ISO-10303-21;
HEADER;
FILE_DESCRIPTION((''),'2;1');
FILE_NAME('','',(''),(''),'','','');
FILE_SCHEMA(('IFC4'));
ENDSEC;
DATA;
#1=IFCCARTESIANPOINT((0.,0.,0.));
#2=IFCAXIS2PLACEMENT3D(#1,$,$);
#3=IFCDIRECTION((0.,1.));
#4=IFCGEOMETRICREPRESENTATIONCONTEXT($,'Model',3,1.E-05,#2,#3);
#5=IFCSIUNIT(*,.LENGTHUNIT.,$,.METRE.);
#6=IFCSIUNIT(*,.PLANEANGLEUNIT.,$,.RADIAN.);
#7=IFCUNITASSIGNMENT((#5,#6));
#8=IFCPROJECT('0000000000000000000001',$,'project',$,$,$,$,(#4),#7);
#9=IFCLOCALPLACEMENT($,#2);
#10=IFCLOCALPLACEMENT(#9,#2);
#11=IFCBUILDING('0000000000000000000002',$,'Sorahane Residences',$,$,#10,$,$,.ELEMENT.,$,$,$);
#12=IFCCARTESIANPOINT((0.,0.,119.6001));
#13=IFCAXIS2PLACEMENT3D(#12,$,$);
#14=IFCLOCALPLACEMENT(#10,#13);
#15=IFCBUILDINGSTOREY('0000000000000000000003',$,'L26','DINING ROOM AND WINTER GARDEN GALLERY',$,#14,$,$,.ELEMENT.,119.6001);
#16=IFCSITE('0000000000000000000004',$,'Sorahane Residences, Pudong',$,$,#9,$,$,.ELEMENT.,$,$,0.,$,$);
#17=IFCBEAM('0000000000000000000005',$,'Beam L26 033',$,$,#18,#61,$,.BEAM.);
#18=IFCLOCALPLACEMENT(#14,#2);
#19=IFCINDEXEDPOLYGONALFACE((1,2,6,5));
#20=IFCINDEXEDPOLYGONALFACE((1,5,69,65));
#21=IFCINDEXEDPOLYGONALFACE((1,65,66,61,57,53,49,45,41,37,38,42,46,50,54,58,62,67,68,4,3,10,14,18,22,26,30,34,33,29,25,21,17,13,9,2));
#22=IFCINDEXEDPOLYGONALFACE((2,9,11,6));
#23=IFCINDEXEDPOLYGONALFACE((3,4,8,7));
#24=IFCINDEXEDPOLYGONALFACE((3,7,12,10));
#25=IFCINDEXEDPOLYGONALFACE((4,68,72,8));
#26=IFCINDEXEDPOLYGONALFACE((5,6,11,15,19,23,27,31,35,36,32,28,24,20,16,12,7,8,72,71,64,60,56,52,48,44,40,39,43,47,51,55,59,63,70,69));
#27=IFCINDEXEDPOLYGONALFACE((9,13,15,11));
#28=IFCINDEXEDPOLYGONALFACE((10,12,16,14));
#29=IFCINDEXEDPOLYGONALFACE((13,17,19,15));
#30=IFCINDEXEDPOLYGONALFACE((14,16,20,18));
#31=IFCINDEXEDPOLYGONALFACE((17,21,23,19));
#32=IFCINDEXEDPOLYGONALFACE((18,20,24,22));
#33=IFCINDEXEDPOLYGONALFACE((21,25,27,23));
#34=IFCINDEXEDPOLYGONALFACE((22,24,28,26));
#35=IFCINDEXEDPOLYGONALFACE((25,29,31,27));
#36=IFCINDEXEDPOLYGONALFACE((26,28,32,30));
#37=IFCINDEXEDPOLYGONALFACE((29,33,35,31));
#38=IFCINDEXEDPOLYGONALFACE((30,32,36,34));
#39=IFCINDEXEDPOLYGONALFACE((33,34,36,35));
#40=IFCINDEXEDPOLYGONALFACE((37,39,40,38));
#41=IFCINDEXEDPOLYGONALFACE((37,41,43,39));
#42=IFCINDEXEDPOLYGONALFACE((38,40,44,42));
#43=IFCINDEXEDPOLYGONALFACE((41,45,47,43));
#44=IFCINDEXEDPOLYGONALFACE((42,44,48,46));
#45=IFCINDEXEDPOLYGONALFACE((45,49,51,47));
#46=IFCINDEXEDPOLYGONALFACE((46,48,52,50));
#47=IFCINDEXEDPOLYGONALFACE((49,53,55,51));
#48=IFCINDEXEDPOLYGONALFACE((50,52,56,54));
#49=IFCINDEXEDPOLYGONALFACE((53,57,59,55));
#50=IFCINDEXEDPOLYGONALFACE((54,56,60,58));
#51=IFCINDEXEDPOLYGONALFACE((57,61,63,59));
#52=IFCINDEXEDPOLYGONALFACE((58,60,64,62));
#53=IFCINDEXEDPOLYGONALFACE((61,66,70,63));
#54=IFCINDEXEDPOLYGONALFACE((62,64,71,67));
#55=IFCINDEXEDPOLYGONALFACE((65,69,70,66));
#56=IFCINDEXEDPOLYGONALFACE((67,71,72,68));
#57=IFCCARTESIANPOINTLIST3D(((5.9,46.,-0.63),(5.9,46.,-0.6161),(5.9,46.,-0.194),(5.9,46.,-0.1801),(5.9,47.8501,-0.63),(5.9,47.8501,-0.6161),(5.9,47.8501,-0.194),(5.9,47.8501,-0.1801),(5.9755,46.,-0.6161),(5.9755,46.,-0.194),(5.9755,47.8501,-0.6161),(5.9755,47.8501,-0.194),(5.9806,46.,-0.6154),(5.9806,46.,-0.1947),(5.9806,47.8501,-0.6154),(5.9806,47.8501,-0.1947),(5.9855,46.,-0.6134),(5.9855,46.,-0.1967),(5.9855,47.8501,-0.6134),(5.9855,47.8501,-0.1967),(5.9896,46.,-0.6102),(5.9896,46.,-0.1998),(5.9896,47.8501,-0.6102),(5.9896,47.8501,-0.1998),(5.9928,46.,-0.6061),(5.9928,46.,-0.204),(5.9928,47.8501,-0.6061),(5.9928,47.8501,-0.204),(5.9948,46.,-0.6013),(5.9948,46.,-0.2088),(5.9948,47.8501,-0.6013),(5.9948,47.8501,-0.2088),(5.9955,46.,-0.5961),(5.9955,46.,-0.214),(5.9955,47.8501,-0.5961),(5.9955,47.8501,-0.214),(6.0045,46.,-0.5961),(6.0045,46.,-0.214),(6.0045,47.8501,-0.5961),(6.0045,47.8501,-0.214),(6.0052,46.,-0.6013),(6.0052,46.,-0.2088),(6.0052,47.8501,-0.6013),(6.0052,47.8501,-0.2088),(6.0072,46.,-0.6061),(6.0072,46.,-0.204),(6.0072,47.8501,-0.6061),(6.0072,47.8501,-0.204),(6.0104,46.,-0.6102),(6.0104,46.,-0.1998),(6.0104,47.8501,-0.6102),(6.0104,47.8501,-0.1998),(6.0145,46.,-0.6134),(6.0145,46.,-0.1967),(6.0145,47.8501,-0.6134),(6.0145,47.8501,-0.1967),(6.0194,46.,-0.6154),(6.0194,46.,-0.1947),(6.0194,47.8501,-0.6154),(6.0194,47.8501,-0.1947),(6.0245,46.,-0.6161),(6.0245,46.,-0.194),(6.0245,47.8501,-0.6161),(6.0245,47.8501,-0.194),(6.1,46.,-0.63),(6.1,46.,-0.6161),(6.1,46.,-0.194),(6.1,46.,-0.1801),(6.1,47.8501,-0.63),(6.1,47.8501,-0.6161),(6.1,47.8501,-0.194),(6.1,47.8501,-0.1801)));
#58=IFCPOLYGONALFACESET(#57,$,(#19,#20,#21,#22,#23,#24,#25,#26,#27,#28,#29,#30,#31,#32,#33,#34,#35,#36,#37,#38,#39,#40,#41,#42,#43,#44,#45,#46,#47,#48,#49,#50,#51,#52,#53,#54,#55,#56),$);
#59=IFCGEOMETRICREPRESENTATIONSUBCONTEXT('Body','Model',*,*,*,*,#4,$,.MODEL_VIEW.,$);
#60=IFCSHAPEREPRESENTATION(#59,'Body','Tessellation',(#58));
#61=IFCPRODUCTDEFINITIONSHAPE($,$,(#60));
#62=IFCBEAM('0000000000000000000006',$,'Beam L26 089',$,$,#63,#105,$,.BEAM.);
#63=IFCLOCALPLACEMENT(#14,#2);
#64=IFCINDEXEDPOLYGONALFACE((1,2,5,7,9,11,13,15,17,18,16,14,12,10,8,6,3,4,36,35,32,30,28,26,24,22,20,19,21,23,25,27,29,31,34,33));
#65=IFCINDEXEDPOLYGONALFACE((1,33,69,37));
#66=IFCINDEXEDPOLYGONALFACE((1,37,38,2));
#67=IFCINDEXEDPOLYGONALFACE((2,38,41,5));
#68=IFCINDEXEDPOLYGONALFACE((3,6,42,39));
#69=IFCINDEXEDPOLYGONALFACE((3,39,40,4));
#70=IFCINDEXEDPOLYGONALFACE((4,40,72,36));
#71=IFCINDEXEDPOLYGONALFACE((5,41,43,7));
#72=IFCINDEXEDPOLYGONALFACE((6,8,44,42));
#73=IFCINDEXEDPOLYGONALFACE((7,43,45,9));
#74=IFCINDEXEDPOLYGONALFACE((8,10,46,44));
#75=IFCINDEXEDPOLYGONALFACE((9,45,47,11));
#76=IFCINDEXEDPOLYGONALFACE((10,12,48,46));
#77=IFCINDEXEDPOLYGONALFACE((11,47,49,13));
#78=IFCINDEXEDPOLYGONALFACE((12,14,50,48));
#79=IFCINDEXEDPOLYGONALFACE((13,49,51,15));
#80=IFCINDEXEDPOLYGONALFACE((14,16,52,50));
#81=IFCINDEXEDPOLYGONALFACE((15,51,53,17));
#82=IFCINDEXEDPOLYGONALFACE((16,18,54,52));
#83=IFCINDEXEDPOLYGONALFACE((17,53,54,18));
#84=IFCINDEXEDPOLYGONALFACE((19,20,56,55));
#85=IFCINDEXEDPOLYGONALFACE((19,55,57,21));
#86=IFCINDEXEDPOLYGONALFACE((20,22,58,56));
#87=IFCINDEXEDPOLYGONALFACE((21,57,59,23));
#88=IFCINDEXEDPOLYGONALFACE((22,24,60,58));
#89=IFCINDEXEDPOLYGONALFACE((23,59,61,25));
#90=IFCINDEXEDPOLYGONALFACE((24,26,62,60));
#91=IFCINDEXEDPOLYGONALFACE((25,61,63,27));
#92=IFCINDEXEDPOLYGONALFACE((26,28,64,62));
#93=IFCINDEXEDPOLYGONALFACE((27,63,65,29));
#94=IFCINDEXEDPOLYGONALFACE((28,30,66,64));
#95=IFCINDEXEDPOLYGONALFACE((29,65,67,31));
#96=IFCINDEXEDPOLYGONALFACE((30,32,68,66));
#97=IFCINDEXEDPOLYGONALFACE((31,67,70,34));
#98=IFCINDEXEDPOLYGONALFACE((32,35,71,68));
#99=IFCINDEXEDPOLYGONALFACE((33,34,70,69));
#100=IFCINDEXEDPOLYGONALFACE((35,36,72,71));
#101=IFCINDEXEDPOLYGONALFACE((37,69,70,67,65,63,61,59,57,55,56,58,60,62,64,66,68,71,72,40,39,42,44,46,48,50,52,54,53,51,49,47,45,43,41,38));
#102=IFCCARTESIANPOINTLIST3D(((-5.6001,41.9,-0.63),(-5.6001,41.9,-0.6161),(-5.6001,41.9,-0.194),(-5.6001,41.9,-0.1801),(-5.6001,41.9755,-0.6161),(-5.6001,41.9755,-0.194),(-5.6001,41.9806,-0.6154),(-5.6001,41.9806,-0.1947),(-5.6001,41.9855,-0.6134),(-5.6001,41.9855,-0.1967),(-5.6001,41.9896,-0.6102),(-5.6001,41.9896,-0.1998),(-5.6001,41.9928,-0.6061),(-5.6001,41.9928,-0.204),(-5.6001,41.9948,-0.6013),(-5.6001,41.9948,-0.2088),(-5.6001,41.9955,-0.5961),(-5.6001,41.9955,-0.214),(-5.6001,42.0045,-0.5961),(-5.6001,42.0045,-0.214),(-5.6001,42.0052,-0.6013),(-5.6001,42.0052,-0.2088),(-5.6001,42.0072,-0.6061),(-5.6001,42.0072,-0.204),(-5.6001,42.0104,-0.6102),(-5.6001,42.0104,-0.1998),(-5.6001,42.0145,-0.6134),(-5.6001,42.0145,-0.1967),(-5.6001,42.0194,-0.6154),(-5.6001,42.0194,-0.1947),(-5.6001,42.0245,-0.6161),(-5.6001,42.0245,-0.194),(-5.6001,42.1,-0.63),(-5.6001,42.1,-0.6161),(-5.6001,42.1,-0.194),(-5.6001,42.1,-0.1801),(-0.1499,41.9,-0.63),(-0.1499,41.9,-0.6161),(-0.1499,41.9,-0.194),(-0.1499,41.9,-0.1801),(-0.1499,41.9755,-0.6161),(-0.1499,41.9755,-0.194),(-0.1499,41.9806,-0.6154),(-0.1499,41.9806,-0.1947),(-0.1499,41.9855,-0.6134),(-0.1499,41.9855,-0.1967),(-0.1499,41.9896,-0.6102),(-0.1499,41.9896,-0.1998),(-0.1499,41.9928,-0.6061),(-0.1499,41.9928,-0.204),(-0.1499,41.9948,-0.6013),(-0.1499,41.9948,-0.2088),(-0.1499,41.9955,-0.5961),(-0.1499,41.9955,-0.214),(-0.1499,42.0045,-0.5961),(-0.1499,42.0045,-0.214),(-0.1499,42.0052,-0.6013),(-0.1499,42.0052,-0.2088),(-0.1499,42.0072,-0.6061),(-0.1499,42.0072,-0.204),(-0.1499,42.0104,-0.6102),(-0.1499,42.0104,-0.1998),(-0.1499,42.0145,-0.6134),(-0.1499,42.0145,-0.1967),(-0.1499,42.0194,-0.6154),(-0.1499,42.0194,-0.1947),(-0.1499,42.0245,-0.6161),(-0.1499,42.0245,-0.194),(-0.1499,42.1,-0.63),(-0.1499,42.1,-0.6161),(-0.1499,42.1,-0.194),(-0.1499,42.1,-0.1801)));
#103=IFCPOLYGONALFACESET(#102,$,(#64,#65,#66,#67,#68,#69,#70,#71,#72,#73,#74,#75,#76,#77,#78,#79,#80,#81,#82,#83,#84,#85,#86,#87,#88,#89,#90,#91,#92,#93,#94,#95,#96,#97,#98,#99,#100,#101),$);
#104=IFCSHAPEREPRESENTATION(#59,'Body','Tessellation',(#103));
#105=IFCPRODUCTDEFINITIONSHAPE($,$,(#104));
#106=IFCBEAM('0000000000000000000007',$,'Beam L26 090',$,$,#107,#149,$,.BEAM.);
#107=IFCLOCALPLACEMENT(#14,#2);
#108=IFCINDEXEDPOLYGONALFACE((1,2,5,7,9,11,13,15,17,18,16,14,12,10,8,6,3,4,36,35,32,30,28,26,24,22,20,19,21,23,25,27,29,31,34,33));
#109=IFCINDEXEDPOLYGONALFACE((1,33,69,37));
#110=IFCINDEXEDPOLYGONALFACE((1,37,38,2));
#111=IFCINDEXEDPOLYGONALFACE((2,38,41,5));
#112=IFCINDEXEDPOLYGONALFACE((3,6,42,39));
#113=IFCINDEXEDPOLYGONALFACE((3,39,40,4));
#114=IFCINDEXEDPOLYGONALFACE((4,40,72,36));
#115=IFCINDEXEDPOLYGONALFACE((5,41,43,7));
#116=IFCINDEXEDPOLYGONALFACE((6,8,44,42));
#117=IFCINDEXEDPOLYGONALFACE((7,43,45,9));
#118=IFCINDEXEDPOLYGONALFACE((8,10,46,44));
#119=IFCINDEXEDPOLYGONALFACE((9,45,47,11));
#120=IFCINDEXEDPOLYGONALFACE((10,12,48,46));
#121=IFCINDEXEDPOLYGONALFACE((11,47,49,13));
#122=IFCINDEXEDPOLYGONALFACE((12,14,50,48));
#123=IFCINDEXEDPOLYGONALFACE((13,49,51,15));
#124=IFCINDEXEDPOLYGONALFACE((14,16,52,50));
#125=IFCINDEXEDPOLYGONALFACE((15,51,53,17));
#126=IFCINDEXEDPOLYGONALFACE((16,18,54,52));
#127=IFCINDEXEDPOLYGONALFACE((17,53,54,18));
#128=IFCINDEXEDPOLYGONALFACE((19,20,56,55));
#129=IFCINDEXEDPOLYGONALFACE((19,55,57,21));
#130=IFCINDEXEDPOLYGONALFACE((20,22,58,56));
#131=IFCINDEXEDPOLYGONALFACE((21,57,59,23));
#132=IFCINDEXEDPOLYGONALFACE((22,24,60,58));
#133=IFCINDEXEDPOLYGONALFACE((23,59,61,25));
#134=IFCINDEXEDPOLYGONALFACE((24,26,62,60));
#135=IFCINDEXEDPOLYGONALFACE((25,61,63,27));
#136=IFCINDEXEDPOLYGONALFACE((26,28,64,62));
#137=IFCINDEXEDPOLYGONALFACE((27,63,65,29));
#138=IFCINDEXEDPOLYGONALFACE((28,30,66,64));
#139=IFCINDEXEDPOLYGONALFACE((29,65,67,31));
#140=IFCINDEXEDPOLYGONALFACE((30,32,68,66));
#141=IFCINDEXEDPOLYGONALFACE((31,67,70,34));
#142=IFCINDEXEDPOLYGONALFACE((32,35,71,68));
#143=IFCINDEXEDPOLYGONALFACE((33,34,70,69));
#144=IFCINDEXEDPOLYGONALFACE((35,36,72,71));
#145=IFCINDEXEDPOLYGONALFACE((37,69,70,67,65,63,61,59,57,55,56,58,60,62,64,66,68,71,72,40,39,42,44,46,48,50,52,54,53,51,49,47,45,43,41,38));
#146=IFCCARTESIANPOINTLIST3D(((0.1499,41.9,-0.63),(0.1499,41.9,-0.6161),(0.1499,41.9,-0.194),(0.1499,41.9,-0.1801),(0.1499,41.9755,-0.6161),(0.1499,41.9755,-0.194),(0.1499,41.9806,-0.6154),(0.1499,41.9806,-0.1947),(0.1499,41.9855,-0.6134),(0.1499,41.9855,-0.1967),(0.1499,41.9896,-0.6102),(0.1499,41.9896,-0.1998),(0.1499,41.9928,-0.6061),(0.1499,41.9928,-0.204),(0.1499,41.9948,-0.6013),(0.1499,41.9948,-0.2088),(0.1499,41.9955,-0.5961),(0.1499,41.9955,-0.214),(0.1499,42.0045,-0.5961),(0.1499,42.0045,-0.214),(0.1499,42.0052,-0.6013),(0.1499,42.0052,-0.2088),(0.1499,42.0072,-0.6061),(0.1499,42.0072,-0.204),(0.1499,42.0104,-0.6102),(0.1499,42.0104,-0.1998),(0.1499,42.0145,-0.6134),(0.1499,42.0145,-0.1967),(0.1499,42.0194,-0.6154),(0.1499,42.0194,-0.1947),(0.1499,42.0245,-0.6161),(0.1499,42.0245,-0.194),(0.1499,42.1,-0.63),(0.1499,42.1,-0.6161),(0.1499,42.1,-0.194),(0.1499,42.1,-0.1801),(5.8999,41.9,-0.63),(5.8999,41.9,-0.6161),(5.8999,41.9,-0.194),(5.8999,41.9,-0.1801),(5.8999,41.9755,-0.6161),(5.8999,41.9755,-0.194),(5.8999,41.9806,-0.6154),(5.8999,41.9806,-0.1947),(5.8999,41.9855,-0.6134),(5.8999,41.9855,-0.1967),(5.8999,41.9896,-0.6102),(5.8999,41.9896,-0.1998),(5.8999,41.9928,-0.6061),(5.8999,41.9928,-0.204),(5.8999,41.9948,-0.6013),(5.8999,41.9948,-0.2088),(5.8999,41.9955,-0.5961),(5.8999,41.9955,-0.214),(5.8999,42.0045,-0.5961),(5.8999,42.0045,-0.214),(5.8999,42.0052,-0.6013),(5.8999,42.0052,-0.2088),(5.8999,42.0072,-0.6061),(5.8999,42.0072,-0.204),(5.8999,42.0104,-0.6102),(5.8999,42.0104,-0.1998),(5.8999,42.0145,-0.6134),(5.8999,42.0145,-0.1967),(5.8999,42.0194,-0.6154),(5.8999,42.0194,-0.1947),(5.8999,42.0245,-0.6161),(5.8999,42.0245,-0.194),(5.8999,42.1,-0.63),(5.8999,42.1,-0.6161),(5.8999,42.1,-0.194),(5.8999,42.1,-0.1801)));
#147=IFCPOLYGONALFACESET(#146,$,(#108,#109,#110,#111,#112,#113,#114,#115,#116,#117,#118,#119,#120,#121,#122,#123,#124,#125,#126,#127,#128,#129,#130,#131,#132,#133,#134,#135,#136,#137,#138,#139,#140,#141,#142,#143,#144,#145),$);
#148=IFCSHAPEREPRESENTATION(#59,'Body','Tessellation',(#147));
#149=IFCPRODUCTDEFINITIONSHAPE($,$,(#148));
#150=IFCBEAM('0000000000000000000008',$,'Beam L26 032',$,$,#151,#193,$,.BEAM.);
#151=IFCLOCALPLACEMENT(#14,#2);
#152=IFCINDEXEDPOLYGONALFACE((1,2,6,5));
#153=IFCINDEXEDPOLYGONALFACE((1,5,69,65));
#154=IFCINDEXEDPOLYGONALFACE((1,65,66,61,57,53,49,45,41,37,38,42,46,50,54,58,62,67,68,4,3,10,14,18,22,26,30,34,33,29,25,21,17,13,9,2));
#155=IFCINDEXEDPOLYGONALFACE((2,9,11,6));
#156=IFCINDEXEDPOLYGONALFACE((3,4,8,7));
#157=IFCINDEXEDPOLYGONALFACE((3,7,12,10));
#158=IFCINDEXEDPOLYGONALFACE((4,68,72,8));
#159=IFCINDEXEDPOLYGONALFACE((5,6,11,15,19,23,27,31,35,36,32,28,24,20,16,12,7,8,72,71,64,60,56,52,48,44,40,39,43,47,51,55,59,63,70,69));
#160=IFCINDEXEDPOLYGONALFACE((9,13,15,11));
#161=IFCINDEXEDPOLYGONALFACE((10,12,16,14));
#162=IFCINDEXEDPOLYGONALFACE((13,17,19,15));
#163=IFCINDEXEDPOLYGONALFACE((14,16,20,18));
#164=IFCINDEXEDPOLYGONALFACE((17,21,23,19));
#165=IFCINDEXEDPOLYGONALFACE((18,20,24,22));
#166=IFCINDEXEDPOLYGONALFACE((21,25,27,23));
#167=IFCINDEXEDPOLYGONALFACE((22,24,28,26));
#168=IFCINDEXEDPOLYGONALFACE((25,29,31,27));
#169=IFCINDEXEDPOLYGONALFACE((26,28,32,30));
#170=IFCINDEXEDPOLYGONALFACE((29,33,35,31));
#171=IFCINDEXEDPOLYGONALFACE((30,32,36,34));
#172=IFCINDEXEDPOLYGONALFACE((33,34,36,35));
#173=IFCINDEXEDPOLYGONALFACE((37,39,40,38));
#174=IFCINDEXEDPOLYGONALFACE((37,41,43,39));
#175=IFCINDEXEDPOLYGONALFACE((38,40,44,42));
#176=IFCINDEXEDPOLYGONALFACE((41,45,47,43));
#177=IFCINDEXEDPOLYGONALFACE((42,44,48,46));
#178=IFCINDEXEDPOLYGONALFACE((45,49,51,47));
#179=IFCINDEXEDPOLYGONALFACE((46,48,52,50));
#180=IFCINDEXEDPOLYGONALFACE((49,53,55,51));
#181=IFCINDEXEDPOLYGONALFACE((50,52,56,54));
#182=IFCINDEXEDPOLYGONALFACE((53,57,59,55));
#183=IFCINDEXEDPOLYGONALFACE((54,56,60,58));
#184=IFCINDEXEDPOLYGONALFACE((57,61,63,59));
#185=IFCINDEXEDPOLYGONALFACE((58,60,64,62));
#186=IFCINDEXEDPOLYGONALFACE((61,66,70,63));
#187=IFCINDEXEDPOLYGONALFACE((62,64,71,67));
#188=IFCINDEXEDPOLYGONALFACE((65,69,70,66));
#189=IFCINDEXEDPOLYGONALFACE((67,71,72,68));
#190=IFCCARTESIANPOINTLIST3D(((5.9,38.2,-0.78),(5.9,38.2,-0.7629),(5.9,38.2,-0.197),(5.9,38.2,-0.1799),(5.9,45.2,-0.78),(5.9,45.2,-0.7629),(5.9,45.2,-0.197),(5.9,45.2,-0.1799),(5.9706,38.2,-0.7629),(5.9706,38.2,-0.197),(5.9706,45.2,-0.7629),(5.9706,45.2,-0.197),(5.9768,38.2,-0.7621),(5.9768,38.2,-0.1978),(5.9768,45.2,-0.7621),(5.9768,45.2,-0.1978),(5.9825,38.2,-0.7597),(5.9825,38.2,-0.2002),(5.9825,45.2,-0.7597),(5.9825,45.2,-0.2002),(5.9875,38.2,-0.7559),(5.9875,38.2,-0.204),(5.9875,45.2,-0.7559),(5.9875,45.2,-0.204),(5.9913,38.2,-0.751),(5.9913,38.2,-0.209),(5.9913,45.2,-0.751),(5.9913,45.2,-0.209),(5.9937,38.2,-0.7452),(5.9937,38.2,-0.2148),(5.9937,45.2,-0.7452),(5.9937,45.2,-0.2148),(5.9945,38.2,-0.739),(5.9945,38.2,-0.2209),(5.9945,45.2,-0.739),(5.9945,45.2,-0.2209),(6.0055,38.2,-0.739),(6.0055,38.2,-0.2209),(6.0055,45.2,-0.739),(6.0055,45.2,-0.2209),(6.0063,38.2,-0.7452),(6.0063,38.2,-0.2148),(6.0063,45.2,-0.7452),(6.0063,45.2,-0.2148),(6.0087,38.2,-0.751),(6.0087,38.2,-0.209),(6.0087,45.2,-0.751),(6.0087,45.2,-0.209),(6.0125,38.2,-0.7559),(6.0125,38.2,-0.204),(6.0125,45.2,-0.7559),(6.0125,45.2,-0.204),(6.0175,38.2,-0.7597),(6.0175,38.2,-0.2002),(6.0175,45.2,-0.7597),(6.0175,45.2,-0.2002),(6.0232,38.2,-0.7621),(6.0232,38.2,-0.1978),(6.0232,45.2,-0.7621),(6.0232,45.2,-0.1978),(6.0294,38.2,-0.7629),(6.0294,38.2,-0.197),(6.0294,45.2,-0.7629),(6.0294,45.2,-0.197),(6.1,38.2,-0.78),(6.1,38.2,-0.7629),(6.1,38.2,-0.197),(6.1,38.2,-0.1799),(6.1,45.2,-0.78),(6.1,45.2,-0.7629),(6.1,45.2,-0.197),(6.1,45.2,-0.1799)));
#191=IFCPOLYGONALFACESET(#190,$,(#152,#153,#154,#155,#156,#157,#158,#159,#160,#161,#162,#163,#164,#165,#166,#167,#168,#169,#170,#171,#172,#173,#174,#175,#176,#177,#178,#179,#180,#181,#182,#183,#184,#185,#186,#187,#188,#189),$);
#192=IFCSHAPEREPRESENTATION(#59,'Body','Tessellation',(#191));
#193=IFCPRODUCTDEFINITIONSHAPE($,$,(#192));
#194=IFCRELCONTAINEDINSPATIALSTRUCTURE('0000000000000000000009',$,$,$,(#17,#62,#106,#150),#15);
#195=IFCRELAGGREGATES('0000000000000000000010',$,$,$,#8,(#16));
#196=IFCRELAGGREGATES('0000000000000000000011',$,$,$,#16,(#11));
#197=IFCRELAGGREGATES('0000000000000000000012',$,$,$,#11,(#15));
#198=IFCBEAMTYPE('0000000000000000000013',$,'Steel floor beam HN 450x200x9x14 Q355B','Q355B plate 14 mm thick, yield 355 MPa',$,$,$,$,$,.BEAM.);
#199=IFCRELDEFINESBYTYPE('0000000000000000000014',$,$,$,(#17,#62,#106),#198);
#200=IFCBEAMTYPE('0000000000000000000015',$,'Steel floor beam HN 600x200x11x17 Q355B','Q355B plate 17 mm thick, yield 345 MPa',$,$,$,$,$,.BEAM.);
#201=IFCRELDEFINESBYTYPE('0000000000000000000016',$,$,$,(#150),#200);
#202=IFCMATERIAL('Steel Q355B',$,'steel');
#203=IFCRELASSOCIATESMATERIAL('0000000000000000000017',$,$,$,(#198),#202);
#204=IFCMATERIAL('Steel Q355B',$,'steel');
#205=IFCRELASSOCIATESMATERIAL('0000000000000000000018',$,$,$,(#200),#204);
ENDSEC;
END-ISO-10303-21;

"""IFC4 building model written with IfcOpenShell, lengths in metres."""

from ifc_helpers import new_model, si_unit, direction, frame, origin, origin_2d, place, context, subcontext, project, spatial, i_section, extrude, material, material_profile, profile_set, type_object, element, save


model = new_model("IFC4")

# Units and contexts
model_context = context("Model", 3, precision=1e-05, world=origin(), true_north=direction((0.0, 1.0)))
body_context = subcontext(model_context, "Body", "Model", "MODEL_VIEW")
ifc_project = project(units=[si_unit("LENGTHUNIT", "METRE"), si_unit("PLANEANGLEUNIT", "RADIAN")], contexts=[model_context])

# Site, building, storey
site_placement = place(None, origin())
site = spatial("IfcSite", under=ifc_project, at=site_placement, Name="Sorahane Residences, Pudong", CompositionType="ELEMENT", RefElevation=0.0)
building_placement = place(site_placement, origin())
building = spatial("IfcBuilding", under=site, at=building_placement, Name="Sorahane Residences", CompositionType="ELEMENT")
storey_placement = place(building_placement, frame((0.0, 0.0, 119.6001)))
storey = spatial("IfcBuildingStorey", under=building, at=storey_placement, Name="L26", Description="DINING ROOM AND WINTER GARDEN GALLERY", CompositionType="ELEMENT", Elevation=119.6001)

# Beams
ifc_material_1 = material(Name="Steel Q355B", Category="steel")
ifc_material_profile_1 = material_profile(ifc_material_1, i_section(OverallWidth=0.2, OverallDepth=0.45, WebThickness=0.009, FlangeThickness=0.0139, FilletRadius=0.02, at=origin_2d()), Name="HN 450x200x9x14")
ifc_profile_set_1 = profile_set([ifc_material_profile_1], Name="Steel Q355B")
beam_type_1 = type_object("IfcBeamType", Name="Steel floor beam HN 450x200x9x14 Q355B", Description="Q355B plate 14 mm thick, yield 355 MPa", PredefinedType="BEAM", material=ifc_profile_set_1)
beam_1_placement = place(storey_placement, frame((6.0, 46.0, -0.405), z_axis=(0.0, 1.0, 0.0), x_axis=(-1.0, 0.0, 0.0)))
element("IfcBeam", 1, at=beam_1_placement, inside=storey, type_object=beam_type_1, Name="Beam L26 033", PredefinedType="BEAM", context=body_context, shape_type="SweptSolid", body=[
    extrude(i_section(OverallWidth=0.2, OverallDepth=0.45, WebThickness=0.009, FlangeThickness=0.0139, FilletRadius=0.02, at=origin_2d()), origin(), (0.0, 0.0, 1.0), 1.8501),
])
beam_2_placement = place(storey_placement, frame((-5.6001, 42.0, -0.405), z_axis=(1.0, 0.0, 0.0), x_axis=(0.0, 1.0, 0.0)))
element("IfcBeam", 2, at=beam_2_placement, inside=storey, type_object=beam_type_1, Name="Beam L26 089", PredefinedType="BEAM", context=body_context, shape_type="SweptSolid", body=[
    extrude(i_section(OverallWidth=0.2, OverallDepth=0.45, WebThickness=0.009, FlangeThickness=0.0139, FilletRadius=0.02, at=origin_2d()), origin(), (0.0, 0.0, 1.0), 5.4502),
])
beam_3_placement = place(storey_placement, frame((0.1499, 42.0, -0.405), z_axis=(1.0, 0.0, 0.0), x_axis=(0.0, 1.0, 0.0)))
element("IfcBeam", 3, at=beam_3_placement, inside=storey, type_object=beam_type_1, Name="Beam L26 090", PredefinedType="BEAM", context=body_context, shape_type="SweptSolid", body=[
    extrude(i_section(OverallWidth=0.2, OverallDepth=0.45, WebThickness=0.009, FlangeThickness=0.0139, FilletRadius=0.02, at=origin_2d()), origin(), (0.0, 0.0, 1.0), 5.75),
])
ifc_material_2 = material(Name="Steel Q355B", Category="steel")
ifc_material_profile_2 = material_profile(ifc_material_2, i_section(OverallWidth=0.2, OverallDepth=0.6001, WebThickness=0.011, FlangeThickness=0.0171, FilletRadius=0.0239, at=origin_2d()), Name="HN 600x200x11x17")
ifc_profile_set_2 = profile_set([ifc_material_profile_2], Name="Steel Q355B")
beam_type_2 = type_object("IfcBeamType", Name="Steel floor beam HN 600x200x11x17 Q355B", Description="Q355B plate 17 mm thick, yield 345 MPa", PredefinedType="BEAM", material=ifc_profile_set_2)
beam_4_placement = place(storey_placement, frame((6.0, 38.2, -0.48), z_axis=(0.0, 1.0, 0.0), x_axis=(-1.0, 0.0, 0.0)))
element("IfcBeam", 4, at=beam_4_placement, inside=storey, type_object=beam_type_2, Name="Beam L26 032", PredefinedType="BEAM", context=body_context, shape_type="SweptSolid", body=[
    extrude(i_section(OverallWidth=0.2, OverallDepth=0.6001, WebThickness=0.011, FlangeThickness=0.0171, FilletRadius=0.0239, at=origin_2d()), origin(), (0.0, 0.0, 1.0), 7.0),
])

save(model, "model.ifc")
